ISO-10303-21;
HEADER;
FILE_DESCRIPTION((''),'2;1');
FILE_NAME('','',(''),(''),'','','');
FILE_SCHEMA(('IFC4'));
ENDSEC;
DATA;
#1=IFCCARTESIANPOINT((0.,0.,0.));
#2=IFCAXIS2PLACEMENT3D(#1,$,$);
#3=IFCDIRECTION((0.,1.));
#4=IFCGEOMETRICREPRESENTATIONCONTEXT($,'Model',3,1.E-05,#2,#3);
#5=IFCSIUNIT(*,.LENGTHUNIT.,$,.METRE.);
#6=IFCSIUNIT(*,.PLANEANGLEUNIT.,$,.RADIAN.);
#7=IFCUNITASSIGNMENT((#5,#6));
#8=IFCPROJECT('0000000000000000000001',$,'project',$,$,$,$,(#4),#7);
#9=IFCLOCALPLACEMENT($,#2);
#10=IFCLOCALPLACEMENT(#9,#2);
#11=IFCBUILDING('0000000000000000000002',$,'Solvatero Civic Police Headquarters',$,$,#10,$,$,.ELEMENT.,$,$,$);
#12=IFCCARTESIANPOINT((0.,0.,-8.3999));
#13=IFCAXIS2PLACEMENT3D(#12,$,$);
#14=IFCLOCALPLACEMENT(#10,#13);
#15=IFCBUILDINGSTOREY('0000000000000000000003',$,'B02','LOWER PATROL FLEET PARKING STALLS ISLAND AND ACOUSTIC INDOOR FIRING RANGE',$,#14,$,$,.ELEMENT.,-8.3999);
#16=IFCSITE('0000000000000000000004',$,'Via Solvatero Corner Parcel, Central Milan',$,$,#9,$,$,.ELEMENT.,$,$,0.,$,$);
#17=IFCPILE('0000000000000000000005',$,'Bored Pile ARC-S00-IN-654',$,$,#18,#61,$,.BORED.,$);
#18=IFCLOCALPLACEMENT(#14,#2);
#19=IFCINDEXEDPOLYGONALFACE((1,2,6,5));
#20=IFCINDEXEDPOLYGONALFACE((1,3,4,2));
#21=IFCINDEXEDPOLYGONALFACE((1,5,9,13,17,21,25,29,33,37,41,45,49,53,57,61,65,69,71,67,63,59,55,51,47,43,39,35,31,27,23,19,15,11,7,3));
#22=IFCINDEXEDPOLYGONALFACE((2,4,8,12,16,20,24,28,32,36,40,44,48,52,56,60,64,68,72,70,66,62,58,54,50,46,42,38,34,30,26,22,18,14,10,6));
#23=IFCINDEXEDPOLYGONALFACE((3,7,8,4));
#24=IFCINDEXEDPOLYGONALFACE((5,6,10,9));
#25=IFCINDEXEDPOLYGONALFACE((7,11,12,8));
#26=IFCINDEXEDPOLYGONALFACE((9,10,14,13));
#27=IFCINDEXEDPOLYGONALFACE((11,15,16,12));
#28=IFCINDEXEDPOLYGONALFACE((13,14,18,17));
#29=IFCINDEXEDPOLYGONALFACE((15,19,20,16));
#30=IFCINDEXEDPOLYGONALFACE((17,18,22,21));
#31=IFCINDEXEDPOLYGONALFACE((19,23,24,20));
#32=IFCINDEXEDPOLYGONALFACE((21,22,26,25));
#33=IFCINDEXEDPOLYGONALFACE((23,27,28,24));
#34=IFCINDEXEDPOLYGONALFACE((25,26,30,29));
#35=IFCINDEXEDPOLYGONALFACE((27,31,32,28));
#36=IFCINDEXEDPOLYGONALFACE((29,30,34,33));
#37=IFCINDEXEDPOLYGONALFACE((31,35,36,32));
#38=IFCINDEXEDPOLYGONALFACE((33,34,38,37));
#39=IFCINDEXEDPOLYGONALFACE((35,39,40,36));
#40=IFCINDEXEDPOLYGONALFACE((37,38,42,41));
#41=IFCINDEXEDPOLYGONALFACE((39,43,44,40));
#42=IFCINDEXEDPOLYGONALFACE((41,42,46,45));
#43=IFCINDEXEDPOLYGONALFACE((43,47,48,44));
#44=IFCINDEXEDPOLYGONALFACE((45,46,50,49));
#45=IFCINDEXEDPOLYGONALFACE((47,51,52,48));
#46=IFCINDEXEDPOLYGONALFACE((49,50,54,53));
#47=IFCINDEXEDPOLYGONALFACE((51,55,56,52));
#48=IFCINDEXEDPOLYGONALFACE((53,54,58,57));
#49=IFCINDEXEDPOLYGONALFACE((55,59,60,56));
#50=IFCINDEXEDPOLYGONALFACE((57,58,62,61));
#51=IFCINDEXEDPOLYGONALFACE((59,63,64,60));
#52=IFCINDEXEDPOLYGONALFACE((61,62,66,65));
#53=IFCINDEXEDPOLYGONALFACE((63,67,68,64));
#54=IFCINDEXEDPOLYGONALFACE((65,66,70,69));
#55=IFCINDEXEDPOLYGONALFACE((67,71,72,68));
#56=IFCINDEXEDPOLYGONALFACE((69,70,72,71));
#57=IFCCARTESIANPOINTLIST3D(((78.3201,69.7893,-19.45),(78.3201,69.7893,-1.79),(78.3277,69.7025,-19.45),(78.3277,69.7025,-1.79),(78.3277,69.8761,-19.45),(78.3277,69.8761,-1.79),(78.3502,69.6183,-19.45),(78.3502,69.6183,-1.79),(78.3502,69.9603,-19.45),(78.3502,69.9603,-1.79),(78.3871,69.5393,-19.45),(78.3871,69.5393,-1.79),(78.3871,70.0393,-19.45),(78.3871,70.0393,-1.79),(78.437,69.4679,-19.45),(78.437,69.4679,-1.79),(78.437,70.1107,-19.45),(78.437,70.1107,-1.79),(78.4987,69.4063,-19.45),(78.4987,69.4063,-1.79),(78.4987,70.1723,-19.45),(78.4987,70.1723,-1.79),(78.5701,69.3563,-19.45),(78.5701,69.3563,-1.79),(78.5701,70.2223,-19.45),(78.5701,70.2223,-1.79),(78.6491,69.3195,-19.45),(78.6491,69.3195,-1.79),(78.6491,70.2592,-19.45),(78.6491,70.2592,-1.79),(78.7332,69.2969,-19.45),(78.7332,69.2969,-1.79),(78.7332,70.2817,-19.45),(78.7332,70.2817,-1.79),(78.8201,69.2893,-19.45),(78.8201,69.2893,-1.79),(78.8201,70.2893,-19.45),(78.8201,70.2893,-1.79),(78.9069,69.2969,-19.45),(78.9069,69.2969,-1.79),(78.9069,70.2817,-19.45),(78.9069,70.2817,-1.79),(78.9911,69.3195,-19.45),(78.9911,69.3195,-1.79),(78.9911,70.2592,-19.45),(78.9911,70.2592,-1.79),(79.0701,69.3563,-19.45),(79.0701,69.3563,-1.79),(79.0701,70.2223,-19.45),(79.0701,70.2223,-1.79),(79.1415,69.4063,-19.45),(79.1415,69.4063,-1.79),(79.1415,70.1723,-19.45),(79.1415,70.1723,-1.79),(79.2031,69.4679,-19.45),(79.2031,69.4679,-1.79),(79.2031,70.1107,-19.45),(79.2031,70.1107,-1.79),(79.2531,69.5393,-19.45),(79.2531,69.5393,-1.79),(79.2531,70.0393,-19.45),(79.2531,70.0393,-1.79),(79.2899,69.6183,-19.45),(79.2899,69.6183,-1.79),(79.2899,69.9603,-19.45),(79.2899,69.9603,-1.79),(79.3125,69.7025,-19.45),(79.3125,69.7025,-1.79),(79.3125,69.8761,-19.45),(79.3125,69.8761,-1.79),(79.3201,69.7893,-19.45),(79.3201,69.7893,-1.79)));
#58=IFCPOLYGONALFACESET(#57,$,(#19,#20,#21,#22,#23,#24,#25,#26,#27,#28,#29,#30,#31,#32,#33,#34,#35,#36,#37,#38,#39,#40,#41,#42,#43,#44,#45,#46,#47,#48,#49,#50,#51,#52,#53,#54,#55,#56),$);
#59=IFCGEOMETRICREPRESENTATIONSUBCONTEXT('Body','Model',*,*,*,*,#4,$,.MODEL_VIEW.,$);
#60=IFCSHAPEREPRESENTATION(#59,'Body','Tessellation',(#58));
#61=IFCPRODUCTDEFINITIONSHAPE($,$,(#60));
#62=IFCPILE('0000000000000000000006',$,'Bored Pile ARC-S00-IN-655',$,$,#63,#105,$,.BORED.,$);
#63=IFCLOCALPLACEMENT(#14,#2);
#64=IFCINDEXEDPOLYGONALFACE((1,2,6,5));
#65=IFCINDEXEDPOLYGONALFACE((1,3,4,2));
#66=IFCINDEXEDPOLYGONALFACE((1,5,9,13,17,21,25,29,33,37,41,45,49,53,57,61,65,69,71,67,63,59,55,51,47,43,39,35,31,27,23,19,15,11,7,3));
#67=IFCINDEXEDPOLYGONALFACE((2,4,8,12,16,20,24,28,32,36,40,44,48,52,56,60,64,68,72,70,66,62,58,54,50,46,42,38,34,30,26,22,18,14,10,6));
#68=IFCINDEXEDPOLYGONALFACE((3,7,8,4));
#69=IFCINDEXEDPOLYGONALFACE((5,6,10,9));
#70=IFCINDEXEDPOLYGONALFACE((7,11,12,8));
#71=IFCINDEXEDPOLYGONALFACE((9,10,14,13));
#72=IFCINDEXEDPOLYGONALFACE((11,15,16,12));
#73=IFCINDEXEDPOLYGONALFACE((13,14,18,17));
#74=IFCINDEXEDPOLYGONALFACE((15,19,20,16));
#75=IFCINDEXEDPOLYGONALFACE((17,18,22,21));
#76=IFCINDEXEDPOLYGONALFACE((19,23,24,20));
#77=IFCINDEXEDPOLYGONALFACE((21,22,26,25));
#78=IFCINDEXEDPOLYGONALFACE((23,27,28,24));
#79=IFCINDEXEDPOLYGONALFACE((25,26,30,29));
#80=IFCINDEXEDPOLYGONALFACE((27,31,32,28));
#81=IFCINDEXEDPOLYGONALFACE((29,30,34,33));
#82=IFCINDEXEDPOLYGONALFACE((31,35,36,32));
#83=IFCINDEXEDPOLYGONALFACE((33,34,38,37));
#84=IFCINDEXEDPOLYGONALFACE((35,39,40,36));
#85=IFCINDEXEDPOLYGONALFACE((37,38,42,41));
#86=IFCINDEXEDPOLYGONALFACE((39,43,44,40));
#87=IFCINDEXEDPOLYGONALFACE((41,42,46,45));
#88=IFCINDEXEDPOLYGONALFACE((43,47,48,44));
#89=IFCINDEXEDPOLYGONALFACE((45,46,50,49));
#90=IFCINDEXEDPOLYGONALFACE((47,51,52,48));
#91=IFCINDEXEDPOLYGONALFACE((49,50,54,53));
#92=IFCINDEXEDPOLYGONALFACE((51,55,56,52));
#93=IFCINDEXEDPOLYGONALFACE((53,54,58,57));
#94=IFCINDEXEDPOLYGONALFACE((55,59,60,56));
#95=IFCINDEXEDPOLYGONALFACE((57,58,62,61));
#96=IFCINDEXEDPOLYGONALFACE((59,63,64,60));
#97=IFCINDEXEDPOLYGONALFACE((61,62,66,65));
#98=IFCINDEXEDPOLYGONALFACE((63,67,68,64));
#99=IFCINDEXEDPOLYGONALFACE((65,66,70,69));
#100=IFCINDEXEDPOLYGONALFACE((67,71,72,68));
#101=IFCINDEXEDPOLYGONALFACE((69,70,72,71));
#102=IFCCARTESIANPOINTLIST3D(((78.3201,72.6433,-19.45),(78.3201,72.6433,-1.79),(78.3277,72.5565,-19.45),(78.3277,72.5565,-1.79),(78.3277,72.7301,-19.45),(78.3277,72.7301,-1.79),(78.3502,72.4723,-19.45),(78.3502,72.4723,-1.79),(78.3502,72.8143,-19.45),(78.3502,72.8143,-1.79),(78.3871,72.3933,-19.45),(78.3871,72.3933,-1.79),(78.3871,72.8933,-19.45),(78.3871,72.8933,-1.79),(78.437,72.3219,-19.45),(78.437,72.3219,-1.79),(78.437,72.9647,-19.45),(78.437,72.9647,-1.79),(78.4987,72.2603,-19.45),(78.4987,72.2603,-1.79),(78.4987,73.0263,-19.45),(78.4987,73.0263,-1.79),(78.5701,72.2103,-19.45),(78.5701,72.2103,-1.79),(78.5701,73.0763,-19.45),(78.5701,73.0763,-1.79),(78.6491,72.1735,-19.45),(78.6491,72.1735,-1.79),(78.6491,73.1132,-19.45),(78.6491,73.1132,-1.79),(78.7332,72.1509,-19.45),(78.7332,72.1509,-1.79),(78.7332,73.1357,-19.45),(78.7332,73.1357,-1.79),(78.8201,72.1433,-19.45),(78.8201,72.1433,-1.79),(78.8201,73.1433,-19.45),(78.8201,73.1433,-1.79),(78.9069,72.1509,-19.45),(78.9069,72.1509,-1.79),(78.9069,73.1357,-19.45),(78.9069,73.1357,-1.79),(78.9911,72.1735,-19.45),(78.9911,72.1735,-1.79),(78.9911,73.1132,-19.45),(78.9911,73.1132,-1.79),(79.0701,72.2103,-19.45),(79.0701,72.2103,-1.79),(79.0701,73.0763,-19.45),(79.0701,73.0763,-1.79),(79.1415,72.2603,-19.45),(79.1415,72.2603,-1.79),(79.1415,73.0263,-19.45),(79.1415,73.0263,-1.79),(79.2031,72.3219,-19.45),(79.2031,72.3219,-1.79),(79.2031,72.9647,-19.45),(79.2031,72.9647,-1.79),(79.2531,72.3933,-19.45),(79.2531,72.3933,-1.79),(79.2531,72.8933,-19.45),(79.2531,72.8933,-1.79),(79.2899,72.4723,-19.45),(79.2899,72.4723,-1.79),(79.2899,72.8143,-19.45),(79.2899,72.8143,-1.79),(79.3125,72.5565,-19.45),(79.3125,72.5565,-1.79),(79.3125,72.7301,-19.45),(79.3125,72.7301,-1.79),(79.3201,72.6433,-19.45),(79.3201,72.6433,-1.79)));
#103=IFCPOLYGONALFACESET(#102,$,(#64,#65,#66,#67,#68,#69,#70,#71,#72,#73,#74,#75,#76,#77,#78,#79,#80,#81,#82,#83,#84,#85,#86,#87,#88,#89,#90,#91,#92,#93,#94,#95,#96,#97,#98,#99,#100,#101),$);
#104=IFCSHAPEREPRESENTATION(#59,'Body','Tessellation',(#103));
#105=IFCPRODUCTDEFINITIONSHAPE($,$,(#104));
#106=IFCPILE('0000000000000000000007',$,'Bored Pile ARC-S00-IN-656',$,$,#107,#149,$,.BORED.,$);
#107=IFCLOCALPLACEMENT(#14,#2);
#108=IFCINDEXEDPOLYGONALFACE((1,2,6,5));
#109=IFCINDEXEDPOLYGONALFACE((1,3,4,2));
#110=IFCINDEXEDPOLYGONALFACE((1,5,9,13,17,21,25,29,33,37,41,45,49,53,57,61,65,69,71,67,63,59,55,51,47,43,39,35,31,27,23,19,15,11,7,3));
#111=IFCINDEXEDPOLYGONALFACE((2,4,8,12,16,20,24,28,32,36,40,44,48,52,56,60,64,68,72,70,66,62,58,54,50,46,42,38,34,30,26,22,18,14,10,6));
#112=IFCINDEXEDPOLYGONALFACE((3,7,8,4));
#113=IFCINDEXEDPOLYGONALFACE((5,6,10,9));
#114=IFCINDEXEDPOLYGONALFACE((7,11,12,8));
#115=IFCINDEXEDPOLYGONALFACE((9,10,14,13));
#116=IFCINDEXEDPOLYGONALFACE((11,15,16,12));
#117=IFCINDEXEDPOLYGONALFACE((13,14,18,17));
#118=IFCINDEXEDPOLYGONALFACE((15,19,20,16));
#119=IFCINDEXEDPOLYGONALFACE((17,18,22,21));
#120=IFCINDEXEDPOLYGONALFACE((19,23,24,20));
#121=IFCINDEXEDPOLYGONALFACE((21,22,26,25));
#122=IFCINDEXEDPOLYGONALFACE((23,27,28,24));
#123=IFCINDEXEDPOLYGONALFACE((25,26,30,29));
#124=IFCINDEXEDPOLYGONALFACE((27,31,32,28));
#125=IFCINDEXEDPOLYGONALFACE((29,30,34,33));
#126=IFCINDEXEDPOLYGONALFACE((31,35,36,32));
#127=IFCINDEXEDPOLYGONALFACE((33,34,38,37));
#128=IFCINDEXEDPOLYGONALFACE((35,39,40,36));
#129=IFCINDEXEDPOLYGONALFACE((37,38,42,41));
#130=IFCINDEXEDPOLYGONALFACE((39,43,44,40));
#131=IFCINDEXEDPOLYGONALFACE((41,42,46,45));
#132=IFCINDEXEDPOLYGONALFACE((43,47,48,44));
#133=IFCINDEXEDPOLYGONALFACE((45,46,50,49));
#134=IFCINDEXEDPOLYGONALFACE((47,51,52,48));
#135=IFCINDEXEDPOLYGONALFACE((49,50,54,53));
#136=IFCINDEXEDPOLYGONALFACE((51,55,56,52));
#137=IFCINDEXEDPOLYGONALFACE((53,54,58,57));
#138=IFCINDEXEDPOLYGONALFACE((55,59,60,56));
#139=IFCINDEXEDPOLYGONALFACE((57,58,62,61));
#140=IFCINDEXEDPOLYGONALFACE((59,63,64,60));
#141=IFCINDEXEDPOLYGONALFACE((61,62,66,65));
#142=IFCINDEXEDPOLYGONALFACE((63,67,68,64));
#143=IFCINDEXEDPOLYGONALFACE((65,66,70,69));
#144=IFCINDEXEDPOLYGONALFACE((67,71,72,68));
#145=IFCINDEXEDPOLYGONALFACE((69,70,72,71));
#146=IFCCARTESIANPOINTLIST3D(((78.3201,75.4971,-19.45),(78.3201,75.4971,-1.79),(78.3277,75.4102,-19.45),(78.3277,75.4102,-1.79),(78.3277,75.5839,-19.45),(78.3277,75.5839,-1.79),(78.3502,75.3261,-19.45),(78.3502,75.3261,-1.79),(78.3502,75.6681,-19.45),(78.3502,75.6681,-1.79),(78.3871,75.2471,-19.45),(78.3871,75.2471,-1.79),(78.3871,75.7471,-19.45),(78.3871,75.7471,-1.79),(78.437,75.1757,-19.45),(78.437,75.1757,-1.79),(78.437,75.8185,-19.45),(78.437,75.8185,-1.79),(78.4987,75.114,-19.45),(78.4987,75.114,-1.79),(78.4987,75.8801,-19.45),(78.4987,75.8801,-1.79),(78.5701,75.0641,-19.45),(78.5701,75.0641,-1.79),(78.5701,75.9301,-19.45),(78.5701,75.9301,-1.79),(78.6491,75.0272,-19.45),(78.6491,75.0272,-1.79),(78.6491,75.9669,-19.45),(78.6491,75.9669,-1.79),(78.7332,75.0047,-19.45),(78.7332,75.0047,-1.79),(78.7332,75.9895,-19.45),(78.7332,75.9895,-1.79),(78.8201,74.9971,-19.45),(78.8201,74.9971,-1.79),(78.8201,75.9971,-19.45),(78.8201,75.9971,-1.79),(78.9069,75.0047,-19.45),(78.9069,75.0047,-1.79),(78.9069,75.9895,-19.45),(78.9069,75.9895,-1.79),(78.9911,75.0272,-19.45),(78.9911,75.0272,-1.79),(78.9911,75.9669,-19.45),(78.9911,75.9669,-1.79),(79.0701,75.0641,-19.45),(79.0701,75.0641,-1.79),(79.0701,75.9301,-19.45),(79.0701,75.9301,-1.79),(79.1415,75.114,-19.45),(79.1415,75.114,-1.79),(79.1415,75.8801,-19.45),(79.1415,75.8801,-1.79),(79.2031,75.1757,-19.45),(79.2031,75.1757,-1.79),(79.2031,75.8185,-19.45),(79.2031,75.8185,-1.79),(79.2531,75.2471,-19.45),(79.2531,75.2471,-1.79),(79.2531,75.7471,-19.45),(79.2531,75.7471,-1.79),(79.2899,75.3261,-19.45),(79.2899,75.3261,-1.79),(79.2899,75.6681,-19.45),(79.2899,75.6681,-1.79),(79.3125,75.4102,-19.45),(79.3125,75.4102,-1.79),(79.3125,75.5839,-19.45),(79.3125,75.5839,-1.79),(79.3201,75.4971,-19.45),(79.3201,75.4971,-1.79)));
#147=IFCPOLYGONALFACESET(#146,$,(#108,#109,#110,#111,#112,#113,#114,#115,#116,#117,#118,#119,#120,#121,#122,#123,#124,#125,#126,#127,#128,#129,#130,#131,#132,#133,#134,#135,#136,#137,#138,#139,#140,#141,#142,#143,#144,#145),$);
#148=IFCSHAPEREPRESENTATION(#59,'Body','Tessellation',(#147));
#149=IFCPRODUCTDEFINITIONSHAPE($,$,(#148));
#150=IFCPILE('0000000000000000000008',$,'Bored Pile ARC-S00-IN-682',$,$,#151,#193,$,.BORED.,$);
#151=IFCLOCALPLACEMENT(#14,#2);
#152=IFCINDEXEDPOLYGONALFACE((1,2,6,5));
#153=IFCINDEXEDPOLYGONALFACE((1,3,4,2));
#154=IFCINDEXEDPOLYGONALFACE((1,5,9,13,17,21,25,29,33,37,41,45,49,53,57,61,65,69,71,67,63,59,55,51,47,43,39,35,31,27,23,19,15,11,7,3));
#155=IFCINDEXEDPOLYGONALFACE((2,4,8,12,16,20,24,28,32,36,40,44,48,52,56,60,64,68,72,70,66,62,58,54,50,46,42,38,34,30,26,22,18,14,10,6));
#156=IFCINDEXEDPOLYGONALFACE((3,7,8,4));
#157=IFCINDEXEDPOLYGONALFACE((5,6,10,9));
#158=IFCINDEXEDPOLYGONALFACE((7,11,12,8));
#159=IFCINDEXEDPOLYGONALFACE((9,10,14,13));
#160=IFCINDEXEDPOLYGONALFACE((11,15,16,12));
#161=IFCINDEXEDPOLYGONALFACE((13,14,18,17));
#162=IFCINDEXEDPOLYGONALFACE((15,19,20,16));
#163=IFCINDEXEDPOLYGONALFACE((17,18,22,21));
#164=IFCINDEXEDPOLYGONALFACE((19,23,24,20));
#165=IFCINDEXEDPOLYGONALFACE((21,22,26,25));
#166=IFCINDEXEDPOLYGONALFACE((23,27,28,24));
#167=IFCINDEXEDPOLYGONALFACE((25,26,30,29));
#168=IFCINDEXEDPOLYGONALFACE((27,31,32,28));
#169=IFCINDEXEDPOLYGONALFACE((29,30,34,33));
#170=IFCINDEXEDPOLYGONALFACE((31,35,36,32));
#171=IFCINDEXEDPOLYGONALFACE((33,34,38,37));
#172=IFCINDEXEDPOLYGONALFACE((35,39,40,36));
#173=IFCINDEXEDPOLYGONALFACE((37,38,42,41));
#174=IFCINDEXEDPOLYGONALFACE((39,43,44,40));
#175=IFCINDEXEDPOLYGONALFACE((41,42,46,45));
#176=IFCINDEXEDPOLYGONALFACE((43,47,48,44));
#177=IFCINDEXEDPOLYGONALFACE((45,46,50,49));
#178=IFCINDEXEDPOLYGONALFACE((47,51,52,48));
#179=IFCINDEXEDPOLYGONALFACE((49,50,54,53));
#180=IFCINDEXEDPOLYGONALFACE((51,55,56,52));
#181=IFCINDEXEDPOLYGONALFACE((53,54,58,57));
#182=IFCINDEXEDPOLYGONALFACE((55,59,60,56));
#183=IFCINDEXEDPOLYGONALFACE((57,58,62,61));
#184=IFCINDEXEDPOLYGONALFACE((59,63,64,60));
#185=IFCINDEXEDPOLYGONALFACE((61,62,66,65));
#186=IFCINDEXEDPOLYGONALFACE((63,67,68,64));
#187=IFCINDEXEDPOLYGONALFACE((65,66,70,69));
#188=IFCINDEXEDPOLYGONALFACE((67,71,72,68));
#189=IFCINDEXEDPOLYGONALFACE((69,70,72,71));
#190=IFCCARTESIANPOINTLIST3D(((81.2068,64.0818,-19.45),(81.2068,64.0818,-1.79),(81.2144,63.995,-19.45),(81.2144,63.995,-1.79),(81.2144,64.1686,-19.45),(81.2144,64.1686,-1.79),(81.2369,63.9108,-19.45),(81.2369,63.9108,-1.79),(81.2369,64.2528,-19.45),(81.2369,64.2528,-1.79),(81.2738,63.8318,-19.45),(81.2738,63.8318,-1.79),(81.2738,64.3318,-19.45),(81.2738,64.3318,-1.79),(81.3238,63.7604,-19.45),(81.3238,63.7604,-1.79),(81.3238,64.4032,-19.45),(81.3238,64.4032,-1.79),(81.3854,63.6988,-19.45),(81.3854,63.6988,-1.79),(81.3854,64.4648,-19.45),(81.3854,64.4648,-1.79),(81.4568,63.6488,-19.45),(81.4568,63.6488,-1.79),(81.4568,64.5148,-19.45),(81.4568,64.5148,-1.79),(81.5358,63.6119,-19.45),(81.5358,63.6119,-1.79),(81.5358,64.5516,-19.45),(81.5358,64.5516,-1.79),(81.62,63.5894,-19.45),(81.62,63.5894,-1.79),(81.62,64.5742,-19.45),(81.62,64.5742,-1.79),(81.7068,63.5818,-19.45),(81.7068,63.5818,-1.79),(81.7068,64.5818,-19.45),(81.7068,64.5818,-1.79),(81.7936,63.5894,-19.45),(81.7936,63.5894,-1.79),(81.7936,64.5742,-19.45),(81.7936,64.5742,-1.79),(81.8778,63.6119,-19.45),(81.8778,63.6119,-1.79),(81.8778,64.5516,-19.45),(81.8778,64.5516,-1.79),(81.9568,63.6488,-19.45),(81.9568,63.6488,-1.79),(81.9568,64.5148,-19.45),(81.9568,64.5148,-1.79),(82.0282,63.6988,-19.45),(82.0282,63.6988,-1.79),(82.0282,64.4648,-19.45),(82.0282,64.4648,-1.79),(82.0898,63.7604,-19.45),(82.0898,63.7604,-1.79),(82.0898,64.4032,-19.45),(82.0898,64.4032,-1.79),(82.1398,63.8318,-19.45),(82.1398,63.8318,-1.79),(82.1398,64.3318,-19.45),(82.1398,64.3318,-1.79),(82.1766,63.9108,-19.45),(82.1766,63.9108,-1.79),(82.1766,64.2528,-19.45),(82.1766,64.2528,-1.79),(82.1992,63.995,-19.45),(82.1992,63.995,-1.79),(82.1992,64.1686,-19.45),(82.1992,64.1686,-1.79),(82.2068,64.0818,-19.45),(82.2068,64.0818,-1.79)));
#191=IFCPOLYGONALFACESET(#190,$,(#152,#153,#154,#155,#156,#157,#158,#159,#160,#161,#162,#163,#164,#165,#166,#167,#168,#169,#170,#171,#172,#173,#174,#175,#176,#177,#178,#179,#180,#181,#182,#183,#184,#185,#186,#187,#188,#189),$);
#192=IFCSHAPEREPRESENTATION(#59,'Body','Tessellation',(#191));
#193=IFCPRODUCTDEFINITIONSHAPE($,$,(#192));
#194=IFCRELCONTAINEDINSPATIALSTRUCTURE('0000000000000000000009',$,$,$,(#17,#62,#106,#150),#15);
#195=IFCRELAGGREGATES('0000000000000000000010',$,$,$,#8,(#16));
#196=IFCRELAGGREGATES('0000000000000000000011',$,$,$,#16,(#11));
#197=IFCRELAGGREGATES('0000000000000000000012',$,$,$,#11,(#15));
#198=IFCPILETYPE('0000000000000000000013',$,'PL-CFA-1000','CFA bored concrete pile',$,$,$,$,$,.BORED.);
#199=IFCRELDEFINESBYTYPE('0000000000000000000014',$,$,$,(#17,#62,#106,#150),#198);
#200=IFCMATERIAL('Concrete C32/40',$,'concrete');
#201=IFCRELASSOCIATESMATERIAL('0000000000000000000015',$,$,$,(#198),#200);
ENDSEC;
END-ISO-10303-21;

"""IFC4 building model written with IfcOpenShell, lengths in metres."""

from ifc_helpers import new_model, si_unit, direction, frame, origin, origin_2d, place, context, subcontext, project, spatial, circle, extrude, material, material_profile, profile_set, type_object, element, save


model = new_model("IFC4")

# Units and contexts
model_context = context("Model", 3, precision=1e-05, world=origin(), true_north=direction((0.0, 1.0)))
body_context = subcontext(model_context, "Body", "Model", "MODEL_VIEW")
ifc_project = project(units=[si_unit("LENGTHUNIT", "METRE"), si_unit("PLANEANGLEUNIT", "RADIAN")], contexts=[model_context])

# Site, building, storey
site_placement = place(None, origin())
site = spatial("IfcSite", under=ifc_project, at=site_placement, Name="Via Solvatero Corner Parcel, Central Milan", CompositionType="ELEMENT", RefElevation=0.0)
building_placement = place(site_placement, origin())
building = spatial("IfcBuilding", under=site, at=building_placement, Name="Solvatero Civic Police Headquarters", CompositionType="ELEMENT")
storey_placement = place(building_placement, frame((0.0, 0.0, -8.3999)))
storey = spatial("IfcBuildingStorey", under=building, at=storey_placement, Name="B02", Description="LOWER PATROL FLEET PARKING STALLS ISLAND AND ACOUSTIC INDOOR FIRING RANGE", CompositionType="ELEMENT", Elevation=-8.3999)

# Piles
ifc_material_1 = material(Name="Concrete C32/40", Category="concrete")
ifc_material_profile_1 = material_profile(ifc_material_1, circle(Radius=0.5, at=origin_2d()), Name="CFA PILE D1000")
ifc_profile_set_1 = profile_set([ifc_material_profile_1], Name="Concrete C32/40")
pile_type = type_object("IfcPileType", Name="PL-CFA-1000", Description="CFA bored concrete pile", PredefinedType="BORED", material=ifc_profile_set_1)
for number, where, z_axis, x_axis, name in (
    (1, (78.8201, 69.7893, -1.79), (0.0, 0.0, -1.0), (1.0, 0.0, 0.0), "Bored Pile ARC-S00-IN-654"),
    (2, (78.8201, 72.6433, -1.79), (0.0, 0.0, -1.0), (1.0, 0.0, 0.0), "Bored Pile ARC-S00-IN-655"),
    (3, (78.8201, 75.4971, -1.79), (0.0, 0.0, -1.0), (1.0, 0.0, 0.0), "Bored Pile ARC-S00-IN-656"),
    (4, (81.7068, 64.0818, -1.79), (0.0, 0.0, -1.0), (1.0, 0.0, 0.0), "Bored Pile ARC-S00-IN-682"),
):
    element("IfcPile", number, at=place(storey_placement, frame(where, z_axis=z_axis, x_axis=x_axis)), inside=storey, type_object=pile_type, Name=name, PredefinedType="BORED", context=body_context, shape_type="SweptSolid", body=[
        extrude(circle(Radius=0.5, at=origin_2d()), origin(), (0.0, 0.0, 1.0), 17.6599),
    ])

save(model, "model.ifc")
